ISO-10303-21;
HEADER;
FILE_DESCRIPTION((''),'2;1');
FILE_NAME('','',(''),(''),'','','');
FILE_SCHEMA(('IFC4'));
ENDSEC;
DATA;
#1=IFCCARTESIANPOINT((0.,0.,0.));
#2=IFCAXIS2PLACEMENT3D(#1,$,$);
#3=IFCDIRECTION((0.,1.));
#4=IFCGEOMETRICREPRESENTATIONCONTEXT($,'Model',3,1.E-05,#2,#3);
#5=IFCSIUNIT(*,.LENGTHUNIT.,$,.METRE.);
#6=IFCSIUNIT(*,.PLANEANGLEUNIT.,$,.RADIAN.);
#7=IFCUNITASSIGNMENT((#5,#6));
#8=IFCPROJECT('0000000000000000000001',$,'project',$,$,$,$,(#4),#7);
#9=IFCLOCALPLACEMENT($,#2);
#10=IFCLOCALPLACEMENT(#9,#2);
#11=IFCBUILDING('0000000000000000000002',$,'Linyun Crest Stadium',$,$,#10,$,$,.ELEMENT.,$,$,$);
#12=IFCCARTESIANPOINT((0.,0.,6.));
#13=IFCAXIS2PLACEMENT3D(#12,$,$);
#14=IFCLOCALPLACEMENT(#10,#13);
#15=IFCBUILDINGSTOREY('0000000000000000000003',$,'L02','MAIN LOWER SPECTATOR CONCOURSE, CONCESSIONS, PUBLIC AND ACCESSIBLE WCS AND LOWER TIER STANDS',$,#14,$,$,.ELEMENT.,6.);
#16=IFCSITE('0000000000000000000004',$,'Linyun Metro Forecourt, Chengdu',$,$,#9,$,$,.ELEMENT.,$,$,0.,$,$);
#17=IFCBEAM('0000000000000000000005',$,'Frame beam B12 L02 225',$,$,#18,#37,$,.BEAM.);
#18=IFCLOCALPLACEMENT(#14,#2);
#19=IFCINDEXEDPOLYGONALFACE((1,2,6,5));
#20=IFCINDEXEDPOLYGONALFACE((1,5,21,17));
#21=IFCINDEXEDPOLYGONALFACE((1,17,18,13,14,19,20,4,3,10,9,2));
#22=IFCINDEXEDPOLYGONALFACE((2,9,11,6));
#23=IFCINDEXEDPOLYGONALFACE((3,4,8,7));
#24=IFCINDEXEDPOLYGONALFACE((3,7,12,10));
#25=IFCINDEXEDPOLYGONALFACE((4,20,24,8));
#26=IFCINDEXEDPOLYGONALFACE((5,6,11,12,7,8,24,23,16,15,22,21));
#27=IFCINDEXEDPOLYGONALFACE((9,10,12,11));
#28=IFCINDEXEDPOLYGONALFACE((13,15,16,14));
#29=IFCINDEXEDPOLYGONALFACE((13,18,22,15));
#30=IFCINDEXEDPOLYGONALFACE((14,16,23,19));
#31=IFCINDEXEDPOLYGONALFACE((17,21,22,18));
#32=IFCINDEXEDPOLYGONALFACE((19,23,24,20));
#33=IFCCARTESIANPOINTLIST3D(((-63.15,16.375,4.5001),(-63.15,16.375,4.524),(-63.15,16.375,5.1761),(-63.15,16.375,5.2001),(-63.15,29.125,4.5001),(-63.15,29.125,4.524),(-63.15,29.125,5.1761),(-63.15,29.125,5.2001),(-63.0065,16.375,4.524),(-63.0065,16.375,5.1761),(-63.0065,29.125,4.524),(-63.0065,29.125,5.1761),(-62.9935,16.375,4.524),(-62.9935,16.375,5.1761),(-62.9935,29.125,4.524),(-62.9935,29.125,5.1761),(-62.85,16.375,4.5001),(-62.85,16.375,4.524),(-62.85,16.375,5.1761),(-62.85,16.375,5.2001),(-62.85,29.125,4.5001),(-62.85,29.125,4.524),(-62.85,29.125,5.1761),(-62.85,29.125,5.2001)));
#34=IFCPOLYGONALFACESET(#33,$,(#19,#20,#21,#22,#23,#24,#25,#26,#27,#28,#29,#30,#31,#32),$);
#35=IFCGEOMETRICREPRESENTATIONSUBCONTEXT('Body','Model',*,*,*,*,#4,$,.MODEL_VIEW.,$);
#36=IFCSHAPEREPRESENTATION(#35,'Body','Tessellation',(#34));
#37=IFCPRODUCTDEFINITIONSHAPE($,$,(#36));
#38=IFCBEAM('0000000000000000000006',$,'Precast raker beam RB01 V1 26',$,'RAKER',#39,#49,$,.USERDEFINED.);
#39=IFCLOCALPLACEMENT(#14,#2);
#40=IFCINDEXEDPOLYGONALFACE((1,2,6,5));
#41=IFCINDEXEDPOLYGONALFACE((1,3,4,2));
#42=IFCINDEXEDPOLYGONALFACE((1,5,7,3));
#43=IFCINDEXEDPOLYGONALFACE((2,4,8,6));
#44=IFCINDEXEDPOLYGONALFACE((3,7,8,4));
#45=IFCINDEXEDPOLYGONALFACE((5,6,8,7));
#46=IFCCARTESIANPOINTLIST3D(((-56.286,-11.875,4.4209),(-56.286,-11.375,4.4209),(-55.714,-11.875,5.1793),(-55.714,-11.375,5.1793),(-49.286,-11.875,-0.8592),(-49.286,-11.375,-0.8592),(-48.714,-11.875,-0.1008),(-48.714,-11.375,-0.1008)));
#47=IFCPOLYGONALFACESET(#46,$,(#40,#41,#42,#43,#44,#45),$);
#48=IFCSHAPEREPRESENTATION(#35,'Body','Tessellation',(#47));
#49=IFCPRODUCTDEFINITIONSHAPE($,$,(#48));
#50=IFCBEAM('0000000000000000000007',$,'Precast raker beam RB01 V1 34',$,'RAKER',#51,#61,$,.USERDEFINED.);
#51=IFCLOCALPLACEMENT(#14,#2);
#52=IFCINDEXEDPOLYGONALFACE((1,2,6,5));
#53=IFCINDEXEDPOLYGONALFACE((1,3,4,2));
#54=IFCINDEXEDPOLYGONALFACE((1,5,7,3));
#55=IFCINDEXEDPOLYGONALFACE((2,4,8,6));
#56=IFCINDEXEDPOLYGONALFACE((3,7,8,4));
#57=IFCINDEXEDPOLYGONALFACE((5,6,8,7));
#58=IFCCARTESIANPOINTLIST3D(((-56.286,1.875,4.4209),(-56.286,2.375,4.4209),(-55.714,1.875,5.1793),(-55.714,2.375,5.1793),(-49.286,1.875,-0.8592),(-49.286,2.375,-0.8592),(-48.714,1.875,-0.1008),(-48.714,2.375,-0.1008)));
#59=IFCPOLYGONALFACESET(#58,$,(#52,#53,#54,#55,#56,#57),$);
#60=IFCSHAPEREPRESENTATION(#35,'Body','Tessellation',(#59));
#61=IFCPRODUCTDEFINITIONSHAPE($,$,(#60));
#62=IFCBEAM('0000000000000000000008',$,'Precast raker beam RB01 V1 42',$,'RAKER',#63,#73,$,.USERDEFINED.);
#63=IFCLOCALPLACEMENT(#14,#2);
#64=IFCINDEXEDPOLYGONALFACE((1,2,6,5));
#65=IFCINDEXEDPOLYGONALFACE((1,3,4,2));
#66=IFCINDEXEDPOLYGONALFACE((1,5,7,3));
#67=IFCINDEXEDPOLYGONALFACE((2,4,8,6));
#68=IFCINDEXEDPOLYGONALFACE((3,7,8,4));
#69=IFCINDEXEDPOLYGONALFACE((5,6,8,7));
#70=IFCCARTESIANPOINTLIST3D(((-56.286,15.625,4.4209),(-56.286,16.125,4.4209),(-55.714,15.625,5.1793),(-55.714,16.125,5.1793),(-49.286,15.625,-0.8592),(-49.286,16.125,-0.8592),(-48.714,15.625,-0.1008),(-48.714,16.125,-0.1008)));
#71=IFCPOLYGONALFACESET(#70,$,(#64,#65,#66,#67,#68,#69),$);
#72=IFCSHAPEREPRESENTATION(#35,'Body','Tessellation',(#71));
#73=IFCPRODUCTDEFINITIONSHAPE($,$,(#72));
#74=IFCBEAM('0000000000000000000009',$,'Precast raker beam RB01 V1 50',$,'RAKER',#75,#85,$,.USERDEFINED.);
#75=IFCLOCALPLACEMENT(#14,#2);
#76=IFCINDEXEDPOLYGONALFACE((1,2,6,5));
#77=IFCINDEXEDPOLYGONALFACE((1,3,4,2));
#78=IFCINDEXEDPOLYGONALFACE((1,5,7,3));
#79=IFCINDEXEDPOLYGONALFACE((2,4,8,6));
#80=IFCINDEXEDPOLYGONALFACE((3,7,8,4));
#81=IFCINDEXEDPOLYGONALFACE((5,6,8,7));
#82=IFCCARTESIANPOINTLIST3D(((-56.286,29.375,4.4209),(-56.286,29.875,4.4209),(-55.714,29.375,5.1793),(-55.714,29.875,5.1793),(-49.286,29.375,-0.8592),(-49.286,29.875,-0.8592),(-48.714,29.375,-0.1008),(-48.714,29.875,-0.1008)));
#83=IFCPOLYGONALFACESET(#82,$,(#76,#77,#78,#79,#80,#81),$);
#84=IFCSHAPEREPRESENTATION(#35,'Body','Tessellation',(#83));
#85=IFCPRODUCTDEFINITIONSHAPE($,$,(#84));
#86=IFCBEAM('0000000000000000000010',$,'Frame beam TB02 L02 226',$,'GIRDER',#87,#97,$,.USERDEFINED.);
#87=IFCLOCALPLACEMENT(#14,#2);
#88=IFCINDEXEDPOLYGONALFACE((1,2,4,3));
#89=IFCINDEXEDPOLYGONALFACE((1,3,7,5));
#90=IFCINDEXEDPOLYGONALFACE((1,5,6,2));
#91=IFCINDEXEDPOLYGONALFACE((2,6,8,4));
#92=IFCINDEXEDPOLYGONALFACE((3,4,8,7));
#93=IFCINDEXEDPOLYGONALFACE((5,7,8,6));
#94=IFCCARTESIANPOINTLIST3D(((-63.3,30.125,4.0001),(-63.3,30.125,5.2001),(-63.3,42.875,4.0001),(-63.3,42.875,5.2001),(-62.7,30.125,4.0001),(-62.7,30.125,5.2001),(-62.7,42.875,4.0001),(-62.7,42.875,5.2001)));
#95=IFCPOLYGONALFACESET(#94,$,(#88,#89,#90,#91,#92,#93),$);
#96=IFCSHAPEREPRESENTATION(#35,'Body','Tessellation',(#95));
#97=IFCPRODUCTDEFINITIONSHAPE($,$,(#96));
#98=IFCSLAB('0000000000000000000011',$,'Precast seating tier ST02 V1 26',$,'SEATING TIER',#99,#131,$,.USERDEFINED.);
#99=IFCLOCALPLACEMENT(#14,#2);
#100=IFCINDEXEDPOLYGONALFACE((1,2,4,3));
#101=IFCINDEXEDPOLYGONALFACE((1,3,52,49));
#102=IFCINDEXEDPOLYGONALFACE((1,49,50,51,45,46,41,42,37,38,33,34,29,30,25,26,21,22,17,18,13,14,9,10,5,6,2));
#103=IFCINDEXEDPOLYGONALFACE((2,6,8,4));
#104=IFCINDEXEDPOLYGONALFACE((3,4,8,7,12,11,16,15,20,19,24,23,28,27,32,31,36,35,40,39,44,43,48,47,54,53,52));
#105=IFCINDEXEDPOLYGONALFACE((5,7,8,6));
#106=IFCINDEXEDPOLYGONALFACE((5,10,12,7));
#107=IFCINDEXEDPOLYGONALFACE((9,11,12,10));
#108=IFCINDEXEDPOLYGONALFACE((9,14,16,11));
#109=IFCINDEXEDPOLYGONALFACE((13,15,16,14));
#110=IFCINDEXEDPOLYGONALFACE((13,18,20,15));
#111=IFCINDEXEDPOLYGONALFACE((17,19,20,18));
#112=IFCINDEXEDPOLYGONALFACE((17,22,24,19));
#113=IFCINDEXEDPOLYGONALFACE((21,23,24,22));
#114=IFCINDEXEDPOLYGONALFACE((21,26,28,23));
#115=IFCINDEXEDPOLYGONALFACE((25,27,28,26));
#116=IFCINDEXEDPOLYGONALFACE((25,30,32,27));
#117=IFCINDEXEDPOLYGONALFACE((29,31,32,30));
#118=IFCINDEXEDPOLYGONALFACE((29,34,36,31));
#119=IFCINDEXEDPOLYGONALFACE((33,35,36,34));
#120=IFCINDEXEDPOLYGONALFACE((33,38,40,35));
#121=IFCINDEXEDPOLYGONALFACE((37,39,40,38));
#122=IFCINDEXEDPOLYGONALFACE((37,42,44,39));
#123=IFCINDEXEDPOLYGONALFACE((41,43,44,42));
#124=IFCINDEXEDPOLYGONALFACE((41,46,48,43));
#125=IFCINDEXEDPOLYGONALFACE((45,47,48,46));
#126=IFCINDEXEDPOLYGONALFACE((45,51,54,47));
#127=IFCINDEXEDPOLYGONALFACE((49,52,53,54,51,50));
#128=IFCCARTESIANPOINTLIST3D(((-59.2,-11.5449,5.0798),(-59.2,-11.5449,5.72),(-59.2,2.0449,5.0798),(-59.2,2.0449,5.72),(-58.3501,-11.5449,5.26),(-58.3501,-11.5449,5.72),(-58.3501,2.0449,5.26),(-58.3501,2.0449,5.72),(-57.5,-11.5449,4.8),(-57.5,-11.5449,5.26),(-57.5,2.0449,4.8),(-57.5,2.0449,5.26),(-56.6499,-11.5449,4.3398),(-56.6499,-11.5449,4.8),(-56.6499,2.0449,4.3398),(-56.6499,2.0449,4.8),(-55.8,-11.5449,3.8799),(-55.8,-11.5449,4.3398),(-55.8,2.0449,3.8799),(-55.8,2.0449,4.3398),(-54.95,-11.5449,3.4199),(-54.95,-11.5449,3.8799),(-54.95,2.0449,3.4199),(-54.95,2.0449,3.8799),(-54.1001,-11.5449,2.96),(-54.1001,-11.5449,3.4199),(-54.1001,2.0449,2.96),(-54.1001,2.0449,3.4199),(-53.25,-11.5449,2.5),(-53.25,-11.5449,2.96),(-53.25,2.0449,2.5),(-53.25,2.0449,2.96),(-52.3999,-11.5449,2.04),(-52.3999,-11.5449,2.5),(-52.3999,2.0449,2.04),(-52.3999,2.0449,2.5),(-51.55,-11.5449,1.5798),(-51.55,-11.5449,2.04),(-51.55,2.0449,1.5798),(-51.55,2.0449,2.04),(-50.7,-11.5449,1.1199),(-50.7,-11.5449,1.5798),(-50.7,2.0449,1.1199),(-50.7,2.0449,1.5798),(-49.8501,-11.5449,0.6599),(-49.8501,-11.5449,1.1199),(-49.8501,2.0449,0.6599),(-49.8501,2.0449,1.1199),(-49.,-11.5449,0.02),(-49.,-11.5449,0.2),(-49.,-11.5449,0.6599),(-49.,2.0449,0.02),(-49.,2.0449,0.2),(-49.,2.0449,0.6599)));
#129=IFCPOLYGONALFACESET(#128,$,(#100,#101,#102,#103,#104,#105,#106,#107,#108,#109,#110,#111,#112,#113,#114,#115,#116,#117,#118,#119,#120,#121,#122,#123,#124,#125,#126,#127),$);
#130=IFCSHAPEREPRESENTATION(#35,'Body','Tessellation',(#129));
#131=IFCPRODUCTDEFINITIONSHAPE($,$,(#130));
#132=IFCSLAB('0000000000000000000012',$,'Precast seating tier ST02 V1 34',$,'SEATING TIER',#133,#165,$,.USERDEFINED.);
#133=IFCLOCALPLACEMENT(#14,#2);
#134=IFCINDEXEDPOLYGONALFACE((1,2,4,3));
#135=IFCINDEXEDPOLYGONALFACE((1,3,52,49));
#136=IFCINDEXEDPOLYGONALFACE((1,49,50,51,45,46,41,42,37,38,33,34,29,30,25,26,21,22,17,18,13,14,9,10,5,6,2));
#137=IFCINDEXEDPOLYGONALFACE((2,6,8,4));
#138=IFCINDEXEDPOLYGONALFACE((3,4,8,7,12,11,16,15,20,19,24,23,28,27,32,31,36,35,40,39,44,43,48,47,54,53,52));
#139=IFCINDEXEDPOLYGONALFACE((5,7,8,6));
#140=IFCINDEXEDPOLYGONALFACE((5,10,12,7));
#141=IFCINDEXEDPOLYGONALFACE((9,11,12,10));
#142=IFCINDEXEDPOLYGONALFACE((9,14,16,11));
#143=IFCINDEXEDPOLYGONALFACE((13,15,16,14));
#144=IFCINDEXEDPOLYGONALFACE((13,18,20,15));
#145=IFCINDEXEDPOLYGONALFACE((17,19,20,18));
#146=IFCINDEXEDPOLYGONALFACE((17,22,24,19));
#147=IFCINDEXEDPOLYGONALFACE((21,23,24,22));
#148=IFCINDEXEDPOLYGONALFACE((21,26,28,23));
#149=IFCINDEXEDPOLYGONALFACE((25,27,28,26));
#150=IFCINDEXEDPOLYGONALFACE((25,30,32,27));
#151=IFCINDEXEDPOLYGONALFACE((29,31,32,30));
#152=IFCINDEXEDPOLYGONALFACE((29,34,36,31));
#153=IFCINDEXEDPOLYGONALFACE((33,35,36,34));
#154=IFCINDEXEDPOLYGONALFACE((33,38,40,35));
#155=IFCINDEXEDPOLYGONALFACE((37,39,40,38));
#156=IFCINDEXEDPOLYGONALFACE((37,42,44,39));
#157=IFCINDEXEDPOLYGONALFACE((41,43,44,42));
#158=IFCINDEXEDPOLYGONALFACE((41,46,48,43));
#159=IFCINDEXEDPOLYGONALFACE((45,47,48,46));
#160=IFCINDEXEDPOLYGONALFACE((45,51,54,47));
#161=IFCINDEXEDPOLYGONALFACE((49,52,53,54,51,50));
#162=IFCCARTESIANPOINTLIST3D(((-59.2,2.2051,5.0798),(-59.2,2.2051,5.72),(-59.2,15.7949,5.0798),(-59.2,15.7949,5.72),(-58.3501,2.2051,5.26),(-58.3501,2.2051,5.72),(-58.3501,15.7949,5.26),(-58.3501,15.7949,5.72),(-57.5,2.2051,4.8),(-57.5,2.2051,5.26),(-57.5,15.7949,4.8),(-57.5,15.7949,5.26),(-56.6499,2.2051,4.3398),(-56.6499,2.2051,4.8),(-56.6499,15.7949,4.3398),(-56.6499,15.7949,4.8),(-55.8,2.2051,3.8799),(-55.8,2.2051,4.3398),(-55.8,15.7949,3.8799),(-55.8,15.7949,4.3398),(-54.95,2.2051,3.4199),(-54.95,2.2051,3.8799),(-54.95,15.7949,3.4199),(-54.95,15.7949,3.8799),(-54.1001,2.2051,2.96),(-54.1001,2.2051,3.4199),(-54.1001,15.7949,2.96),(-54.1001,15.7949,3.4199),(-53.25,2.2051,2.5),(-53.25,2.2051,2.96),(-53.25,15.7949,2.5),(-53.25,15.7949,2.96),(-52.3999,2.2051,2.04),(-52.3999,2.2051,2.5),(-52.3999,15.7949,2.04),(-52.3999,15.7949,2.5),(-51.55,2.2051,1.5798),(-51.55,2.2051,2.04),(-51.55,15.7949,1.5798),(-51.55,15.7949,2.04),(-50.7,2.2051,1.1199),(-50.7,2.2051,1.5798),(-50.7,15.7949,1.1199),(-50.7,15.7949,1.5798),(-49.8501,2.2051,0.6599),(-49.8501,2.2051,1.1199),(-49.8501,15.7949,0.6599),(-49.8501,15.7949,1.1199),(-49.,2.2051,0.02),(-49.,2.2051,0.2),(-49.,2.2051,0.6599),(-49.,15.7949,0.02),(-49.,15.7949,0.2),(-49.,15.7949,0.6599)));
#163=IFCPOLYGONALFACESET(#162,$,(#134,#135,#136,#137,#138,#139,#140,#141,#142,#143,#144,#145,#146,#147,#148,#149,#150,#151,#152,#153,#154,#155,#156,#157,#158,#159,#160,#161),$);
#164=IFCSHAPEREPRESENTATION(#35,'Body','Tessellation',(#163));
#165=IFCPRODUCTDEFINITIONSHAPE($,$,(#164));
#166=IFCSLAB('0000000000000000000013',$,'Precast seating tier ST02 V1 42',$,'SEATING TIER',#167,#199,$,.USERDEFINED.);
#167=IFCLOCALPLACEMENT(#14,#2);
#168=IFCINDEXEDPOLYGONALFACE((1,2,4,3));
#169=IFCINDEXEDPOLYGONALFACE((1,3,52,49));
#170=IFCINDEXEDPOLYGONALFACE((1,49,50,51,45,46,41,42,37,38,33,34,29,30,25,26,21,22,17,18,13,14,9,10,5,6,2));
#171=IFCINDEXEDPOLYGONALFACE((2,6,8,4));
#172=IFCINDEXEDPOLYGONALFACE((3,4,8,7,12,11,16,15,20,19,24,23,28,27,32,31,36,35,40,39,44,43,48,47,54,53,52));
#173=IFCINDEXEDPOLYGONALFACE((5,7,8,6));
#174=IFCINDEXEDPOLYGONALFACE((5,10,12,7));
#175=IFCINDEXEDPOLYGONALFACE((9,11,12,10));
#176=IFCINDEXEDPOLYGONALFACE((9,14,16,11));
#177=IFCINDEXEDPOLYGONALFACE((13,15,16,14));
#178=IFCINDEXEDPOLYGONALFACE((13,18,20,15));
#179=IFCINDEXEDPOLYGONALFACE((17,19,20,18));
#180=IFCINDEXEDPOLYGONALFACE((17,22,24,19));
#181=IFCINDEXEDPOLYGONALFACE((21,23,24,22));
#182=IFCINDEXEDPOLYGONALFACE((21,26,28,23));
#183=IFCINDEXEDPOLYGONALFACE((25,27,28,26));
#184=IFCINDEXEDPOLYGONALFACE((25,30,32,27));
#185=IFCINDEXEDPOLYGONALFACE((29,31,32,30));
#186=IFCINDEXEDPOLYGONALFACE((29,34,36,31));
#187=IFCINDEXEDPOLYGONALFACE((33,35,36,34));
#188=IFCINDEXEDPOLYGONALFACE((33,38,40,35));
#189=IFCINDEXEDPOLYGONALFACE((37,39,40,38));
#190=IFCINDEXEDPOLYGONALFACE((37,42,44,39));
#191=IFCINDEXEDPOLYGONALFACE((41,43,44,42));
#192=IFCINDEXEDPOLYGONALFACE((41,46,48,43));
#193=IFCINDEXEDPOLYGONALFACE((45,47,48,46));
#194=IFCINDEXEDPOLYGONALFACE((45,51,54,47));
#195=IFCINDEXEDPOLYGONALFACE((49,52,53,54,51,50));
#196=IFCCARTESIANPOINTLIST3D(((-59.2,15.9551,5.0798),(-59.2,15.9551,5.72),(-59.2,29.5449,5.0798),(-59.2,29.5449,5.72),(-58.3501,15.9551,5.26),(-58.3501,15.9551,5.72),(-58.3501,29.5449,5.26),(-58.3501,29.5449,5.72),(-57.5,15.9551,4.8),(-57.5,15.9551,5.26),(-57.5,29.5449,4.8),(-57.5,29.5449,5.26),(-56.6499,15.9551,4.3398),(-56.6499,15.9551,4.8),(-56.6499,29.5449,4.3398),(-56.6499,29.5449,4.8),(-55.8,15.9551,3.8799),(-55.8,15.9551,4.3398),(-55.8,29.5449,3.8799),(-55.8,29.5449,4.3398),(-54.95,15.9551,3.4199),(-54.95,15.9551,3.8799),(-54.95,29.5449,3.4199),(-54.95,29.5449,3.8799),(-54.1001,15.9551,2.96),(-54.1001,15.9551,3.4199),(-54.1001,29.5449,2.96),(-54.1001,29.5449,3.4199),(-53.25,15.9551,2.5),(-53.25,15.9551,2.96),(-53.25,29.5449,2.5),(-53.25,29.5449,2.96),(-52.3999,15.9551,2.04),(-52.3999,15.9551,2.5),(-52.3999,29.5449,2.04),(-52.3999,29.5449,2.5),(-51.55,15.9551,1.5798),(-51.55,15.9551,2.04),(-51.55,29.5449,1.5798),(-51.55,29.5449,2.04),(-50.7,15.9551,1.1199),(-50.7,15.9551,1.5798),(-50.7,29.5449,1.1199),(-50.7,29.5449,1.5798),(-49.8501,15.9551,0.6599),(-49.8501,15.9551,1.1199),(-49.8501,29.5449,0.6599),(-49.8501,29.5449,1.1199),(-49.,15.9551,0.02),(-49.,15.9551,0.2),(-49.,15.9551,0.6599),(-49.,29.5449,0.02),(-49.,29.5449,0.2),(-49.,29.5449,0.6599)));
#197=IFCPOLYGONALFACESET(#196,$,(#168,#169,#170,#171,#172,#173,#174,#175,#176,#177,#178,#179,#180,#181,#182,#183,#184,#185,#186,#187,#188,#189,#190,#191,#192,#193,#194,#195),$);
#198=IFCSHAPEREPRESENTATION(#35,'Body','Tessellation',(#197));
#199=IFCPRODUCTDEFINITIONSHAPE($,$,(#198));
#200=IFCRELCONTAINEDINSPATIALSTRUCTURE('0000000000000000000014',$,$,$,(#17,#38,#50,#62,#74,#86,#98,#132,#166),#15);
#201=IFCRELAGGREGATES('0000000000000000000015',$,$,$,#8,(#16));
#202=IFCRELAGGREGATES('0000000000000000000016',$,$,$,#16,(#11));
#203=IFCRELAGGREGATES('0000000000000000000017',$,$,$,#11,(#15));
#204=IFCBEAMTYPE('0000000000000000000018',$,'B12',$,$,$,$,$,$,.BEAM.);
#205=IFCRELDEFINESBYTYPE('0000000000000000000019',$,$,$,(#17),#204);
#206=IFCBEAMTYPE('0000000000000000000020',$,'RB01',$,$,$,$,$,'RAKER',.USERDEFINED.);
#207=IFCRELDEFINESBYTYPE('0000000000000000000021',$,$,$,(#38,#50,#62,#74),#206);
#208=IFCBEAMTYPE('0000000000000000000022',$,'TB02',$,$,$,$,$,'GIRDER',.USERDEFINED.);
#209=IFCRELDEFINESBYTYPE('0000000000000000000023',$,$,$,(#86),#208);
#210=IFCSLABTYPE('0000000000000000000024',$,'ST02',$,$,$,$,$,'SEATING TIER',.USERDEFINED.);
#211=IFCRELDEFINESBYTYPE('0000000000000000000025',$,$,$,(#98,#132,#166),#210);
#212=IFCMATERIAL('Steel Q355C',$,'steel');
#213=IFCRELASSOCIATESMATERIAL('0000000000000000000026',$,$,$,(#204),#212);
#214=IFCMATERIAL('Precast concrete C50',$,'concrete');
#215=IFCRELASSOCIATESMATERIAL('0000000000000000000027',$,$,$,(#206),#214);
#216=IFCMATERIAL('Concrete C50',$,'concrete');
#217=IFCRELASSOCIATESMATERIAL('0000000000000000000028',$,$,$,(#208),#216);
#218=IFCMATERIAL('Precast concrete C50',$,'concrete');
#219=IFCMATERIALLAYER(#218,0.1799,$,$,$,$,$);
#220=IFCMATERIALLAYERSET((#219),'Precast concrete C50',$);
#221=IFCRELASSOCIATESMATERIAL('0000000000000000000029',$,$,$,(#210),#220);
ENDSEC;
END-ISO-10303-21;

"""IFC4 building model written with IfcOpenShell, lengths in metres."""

from ifc_helpers import new_model, si_unit, direction, frame, origin, origin_2d, place, context, subcontext, project, spatial, polyline, rectangle, i_section, outline, extrude, material, layer, layer_set, material_profile, profile_set, type_object, element, save


model = new_model("IFC4")

# Units and contexts
model_context = context("Model", 3, precision=1e-05, world=origin(), true_north=direction((0.0, 1.0)))
body_context = subcontext(model_context, "Body", "Model", "MODEL_VIEW")
ifc_project = project(units=[si_unit("LENGTHUNIT", "METRE"), si_unit("PLANEANGLEUNIT", "RADIAN")], contexts=[model_context])

# Site, building, storey
site_placement = place(None, origin())
site = spatial("IfcSite", under=ifc_project, at=site_placement, Name="Linyun Metro Forecourt, Chengdu", CompositionType="ELEMENT", RefElevation=0.0)
building_placement = place(site_placement, origin())
building = spatial("IfcBuilding", under=site, at=building_placement, Name="Linyun Crest Stadium", CompositionType="ELEMENT")
storey_placement = place(building_placement, frame((0.0, 0.0, 6.0)))
storey = spatial("IfcBuildingStorey", under=building, at=storey_placement, Name="L02", Description="MAIN LOWER SPECTATOR CONCOURSE, CONCESSIONS, PUBLIC AND ACCESSIBLE WCS AND LOWER TIER STANDS", CompositionType="ELEMENT", Elevation=6.0)

# Beams
ifc_material_1 = material(Name="Steel Q355C", Category="steel")
ifc_material_profile_1 = material_profile(ifc_material_1, i_section(OverallWidth=0.3, OverallDepth=0.7, WebThickness=0.0129, FlangeThickness=0.0239, at=origin_2d()), Name="HN 700x300")
ifc_profile_set_1 = profile_set([ifc_material_profile_1], Name="Steel Q355C")
beam_type_1 = type_object("IfcBeamType", Name="B12", PredefinedType="BEAM", material=ifc_profile_set_1)
beam_1_placement = place(storey_placement, frame((-63.0, 16.375, 4.8501), z_axis=(0.0, 1.0, 0.0), x_axis=(-1.0, 0.0, 0.0)))
element("IfcBeam", 1, at=beam_1_placement, inside=storey, type_object=beam_type_1, Name="Frame beam B12 L02 225", PredefinedType="BEAM", context=body_context, shape_type="SweptSolid", body=[
    extrude(i_section(OverallWidth=0.3, OverallDepth=0.7, WebThickness=0.0129, FlangeThickness=0.0239, at=origin_2d()), origin(), (0.0, 0.0, 1.0), 12.75),
])
ifc_material_2 = material(Name="Precast concrete C50", Category="concrete")
ifc_material_profile_2 = material_profile(ifc_material_2, rectangle(XDim=0.5, YDim=0.95, at=origin_2d()), Name="PCR 950x500")
ifc_profile_set_2 = profile_set([ifc_material_profile_2], Name="Precast concrete C50")
beam_type_2 = type_object("IfcBeamType", Name="RB01", ElementType="RAKER", PredefinedType="USERDEFINED", material=ifc_profile_set_2)
for number, where, z_axis, x_axis, name in (
    (2, (-49.0, -11.625, -0.48), (-0.798353, 0.0, 0.60219), (0.0, -1.0, 0.0), "Precast raker beam RB01 V1 26"),
    (3, (-49.0, 2.125, -0.48), (-0.798353, 0.0, 0.60219), (0.0, -1.0, 0.0), "Precast raker beam RB01 V1 34"),
    (4, (-49.0, 15.875, -0.48), (-0.798353, 0.0, 0.60219), (0.0, -1.0, 0.0), "Precast raker beam RB01 V1 42"),
    (5, (-49.0, 29.625, -0.48), (-0.798353, 0.0, 0.60219), (0.0, -1.0, 0.0), "Precast raker beam RB01 V1 50"),
):
    element("IfcBeam", number, at=place(storey_placement, frame(where, z_axis=z_axis, x_axis=x_axis)), inside=storey, type_object=beam_type_2, Name=name, ObjectType="RAKER", PredefinedType="USERDEFINED", context=body_context, shape_type="SweptSolid", body=[
        extrude(rectangle(XDim=0.5, YDim=0.95, at=origin_2d()), origin(), (0.0, 0.0, 1.0), 8.7681),
    ])
ifc_material_3 = material(Name="Concrete C50", Category="concrete")
ifc_material_profile_3 = material_profile(ifc_material_3, rectangle(XDim=0.6001, YDim=1.2, at=origin_2d()), Name="RCB 1200x600")
ifc_profile_set_3 = profile_set([ifc_material_profile_3], Name="Concrete C50")
beam_type_3 = type_object("IfcBeamType", Name="TB02", ElementType="GIRDER", PredefinedType="USERDEFINED", material=ifc_profile_set_3)
beam_2_placement = place(storey_placement, frame((-63.0, 30.125, 4.6001), z_axis=(0.0, 1.0, 0.0), x_axis=(-1.0, 0.0, 0.0)))
element("IfcBeam", 6, at=beam_2_placement, inside=storey, type_object=beam_type_3, Name="Frame beam TB02 L02 226", ObjectType="GIRDER", PredefinedType="USERDEFINED", context=body_context, shape_type="SweptSolid", body=[
    extrude(rectangle(XDim=0.6001, YDim=1.2, at=origin_2d()), origin(), (0.0, 0.0, 1.0), 12.75),
])

# Slabs
ifc_material_4 = material(Name="Precast concrete C50", Category="concrete")
ifc_layer_1 = layer(ifc_material_4, 0.1799)
ifc_layer_set_1 = layer_set([ifc_layer_1], Name="Precast concrete C50")
slab_type = type_object("IfcSlabType", Name="ST02", ElementType="SEATING TIER", PredefinedType="USERDEFINED", material=ifc_layer_set_1)
for number, where, z_axis, x_axis, name in (
    (7, (-49.0, -11.5449, 0.2), (0.0, 0.0, 1.0), (-1.0, 0.0, 0.0), "Precast seating tier ST02 V1 26"),
    (8, (-49.0, 2.2051, 0.2), (0.0, 0.0, 1.0), (-1.0, 0.0, 0.0), "Precast seating tier ST02 V1 34"),
    (9, (-49.0, 15.9551, 0.2), (0.0, 0.0, 1.0), (-1.0, 0.0, 0.0), "Precast seating tier ST02 V1 42"),
):
    element("IfcSlab", number, at=place(storey_placement, frame(where, z_axis=z_axis, x_axis=x_axis)), inside=storey, type_object=slab_type, Name=name, ObjectType="SEATING TIER", PredefinedType="USERDEFINED", context=body_context, shape_type="SweptSolid", body=[
        extrude(outline(polyline([(0.0, 0.0), (0.0, 0.46), (0.8501, 0.46), (0.8501, 0.9199), (1.7, 0.9199), (1.7, 1.3799), (2.55, 1.3799), (2.55, 1.8401), (3.3999, 1.8401), (3.3999, 2.3), (4.25, 2.3), (4.25, 2.76), (5.1001, 2.76), (5.1001, 3.22), (5.95, 3.22), (5.95, 3.6799), (6.8, 3.6799), (6.8, 4.1399), (7.6499, 4.1399), (7.6499, 4.6001), (8.5, 4.6001), (8.5, 5.0601), (9.3501, 5.0601), (9.3501, 5.52), (10.2, 5.52), (10.2, 4.8799), (0.0, -0.1799), (0.0, 0.0)])), frame((0.0, 0.0, 0.0), z_axis=(0.0, -1.0, 0.0), x_axis=(1.0, 0.0, 0.0)), (0.0, 0.0, 1.0), 13.5898),
    ])

save(model, "model.ifc")
